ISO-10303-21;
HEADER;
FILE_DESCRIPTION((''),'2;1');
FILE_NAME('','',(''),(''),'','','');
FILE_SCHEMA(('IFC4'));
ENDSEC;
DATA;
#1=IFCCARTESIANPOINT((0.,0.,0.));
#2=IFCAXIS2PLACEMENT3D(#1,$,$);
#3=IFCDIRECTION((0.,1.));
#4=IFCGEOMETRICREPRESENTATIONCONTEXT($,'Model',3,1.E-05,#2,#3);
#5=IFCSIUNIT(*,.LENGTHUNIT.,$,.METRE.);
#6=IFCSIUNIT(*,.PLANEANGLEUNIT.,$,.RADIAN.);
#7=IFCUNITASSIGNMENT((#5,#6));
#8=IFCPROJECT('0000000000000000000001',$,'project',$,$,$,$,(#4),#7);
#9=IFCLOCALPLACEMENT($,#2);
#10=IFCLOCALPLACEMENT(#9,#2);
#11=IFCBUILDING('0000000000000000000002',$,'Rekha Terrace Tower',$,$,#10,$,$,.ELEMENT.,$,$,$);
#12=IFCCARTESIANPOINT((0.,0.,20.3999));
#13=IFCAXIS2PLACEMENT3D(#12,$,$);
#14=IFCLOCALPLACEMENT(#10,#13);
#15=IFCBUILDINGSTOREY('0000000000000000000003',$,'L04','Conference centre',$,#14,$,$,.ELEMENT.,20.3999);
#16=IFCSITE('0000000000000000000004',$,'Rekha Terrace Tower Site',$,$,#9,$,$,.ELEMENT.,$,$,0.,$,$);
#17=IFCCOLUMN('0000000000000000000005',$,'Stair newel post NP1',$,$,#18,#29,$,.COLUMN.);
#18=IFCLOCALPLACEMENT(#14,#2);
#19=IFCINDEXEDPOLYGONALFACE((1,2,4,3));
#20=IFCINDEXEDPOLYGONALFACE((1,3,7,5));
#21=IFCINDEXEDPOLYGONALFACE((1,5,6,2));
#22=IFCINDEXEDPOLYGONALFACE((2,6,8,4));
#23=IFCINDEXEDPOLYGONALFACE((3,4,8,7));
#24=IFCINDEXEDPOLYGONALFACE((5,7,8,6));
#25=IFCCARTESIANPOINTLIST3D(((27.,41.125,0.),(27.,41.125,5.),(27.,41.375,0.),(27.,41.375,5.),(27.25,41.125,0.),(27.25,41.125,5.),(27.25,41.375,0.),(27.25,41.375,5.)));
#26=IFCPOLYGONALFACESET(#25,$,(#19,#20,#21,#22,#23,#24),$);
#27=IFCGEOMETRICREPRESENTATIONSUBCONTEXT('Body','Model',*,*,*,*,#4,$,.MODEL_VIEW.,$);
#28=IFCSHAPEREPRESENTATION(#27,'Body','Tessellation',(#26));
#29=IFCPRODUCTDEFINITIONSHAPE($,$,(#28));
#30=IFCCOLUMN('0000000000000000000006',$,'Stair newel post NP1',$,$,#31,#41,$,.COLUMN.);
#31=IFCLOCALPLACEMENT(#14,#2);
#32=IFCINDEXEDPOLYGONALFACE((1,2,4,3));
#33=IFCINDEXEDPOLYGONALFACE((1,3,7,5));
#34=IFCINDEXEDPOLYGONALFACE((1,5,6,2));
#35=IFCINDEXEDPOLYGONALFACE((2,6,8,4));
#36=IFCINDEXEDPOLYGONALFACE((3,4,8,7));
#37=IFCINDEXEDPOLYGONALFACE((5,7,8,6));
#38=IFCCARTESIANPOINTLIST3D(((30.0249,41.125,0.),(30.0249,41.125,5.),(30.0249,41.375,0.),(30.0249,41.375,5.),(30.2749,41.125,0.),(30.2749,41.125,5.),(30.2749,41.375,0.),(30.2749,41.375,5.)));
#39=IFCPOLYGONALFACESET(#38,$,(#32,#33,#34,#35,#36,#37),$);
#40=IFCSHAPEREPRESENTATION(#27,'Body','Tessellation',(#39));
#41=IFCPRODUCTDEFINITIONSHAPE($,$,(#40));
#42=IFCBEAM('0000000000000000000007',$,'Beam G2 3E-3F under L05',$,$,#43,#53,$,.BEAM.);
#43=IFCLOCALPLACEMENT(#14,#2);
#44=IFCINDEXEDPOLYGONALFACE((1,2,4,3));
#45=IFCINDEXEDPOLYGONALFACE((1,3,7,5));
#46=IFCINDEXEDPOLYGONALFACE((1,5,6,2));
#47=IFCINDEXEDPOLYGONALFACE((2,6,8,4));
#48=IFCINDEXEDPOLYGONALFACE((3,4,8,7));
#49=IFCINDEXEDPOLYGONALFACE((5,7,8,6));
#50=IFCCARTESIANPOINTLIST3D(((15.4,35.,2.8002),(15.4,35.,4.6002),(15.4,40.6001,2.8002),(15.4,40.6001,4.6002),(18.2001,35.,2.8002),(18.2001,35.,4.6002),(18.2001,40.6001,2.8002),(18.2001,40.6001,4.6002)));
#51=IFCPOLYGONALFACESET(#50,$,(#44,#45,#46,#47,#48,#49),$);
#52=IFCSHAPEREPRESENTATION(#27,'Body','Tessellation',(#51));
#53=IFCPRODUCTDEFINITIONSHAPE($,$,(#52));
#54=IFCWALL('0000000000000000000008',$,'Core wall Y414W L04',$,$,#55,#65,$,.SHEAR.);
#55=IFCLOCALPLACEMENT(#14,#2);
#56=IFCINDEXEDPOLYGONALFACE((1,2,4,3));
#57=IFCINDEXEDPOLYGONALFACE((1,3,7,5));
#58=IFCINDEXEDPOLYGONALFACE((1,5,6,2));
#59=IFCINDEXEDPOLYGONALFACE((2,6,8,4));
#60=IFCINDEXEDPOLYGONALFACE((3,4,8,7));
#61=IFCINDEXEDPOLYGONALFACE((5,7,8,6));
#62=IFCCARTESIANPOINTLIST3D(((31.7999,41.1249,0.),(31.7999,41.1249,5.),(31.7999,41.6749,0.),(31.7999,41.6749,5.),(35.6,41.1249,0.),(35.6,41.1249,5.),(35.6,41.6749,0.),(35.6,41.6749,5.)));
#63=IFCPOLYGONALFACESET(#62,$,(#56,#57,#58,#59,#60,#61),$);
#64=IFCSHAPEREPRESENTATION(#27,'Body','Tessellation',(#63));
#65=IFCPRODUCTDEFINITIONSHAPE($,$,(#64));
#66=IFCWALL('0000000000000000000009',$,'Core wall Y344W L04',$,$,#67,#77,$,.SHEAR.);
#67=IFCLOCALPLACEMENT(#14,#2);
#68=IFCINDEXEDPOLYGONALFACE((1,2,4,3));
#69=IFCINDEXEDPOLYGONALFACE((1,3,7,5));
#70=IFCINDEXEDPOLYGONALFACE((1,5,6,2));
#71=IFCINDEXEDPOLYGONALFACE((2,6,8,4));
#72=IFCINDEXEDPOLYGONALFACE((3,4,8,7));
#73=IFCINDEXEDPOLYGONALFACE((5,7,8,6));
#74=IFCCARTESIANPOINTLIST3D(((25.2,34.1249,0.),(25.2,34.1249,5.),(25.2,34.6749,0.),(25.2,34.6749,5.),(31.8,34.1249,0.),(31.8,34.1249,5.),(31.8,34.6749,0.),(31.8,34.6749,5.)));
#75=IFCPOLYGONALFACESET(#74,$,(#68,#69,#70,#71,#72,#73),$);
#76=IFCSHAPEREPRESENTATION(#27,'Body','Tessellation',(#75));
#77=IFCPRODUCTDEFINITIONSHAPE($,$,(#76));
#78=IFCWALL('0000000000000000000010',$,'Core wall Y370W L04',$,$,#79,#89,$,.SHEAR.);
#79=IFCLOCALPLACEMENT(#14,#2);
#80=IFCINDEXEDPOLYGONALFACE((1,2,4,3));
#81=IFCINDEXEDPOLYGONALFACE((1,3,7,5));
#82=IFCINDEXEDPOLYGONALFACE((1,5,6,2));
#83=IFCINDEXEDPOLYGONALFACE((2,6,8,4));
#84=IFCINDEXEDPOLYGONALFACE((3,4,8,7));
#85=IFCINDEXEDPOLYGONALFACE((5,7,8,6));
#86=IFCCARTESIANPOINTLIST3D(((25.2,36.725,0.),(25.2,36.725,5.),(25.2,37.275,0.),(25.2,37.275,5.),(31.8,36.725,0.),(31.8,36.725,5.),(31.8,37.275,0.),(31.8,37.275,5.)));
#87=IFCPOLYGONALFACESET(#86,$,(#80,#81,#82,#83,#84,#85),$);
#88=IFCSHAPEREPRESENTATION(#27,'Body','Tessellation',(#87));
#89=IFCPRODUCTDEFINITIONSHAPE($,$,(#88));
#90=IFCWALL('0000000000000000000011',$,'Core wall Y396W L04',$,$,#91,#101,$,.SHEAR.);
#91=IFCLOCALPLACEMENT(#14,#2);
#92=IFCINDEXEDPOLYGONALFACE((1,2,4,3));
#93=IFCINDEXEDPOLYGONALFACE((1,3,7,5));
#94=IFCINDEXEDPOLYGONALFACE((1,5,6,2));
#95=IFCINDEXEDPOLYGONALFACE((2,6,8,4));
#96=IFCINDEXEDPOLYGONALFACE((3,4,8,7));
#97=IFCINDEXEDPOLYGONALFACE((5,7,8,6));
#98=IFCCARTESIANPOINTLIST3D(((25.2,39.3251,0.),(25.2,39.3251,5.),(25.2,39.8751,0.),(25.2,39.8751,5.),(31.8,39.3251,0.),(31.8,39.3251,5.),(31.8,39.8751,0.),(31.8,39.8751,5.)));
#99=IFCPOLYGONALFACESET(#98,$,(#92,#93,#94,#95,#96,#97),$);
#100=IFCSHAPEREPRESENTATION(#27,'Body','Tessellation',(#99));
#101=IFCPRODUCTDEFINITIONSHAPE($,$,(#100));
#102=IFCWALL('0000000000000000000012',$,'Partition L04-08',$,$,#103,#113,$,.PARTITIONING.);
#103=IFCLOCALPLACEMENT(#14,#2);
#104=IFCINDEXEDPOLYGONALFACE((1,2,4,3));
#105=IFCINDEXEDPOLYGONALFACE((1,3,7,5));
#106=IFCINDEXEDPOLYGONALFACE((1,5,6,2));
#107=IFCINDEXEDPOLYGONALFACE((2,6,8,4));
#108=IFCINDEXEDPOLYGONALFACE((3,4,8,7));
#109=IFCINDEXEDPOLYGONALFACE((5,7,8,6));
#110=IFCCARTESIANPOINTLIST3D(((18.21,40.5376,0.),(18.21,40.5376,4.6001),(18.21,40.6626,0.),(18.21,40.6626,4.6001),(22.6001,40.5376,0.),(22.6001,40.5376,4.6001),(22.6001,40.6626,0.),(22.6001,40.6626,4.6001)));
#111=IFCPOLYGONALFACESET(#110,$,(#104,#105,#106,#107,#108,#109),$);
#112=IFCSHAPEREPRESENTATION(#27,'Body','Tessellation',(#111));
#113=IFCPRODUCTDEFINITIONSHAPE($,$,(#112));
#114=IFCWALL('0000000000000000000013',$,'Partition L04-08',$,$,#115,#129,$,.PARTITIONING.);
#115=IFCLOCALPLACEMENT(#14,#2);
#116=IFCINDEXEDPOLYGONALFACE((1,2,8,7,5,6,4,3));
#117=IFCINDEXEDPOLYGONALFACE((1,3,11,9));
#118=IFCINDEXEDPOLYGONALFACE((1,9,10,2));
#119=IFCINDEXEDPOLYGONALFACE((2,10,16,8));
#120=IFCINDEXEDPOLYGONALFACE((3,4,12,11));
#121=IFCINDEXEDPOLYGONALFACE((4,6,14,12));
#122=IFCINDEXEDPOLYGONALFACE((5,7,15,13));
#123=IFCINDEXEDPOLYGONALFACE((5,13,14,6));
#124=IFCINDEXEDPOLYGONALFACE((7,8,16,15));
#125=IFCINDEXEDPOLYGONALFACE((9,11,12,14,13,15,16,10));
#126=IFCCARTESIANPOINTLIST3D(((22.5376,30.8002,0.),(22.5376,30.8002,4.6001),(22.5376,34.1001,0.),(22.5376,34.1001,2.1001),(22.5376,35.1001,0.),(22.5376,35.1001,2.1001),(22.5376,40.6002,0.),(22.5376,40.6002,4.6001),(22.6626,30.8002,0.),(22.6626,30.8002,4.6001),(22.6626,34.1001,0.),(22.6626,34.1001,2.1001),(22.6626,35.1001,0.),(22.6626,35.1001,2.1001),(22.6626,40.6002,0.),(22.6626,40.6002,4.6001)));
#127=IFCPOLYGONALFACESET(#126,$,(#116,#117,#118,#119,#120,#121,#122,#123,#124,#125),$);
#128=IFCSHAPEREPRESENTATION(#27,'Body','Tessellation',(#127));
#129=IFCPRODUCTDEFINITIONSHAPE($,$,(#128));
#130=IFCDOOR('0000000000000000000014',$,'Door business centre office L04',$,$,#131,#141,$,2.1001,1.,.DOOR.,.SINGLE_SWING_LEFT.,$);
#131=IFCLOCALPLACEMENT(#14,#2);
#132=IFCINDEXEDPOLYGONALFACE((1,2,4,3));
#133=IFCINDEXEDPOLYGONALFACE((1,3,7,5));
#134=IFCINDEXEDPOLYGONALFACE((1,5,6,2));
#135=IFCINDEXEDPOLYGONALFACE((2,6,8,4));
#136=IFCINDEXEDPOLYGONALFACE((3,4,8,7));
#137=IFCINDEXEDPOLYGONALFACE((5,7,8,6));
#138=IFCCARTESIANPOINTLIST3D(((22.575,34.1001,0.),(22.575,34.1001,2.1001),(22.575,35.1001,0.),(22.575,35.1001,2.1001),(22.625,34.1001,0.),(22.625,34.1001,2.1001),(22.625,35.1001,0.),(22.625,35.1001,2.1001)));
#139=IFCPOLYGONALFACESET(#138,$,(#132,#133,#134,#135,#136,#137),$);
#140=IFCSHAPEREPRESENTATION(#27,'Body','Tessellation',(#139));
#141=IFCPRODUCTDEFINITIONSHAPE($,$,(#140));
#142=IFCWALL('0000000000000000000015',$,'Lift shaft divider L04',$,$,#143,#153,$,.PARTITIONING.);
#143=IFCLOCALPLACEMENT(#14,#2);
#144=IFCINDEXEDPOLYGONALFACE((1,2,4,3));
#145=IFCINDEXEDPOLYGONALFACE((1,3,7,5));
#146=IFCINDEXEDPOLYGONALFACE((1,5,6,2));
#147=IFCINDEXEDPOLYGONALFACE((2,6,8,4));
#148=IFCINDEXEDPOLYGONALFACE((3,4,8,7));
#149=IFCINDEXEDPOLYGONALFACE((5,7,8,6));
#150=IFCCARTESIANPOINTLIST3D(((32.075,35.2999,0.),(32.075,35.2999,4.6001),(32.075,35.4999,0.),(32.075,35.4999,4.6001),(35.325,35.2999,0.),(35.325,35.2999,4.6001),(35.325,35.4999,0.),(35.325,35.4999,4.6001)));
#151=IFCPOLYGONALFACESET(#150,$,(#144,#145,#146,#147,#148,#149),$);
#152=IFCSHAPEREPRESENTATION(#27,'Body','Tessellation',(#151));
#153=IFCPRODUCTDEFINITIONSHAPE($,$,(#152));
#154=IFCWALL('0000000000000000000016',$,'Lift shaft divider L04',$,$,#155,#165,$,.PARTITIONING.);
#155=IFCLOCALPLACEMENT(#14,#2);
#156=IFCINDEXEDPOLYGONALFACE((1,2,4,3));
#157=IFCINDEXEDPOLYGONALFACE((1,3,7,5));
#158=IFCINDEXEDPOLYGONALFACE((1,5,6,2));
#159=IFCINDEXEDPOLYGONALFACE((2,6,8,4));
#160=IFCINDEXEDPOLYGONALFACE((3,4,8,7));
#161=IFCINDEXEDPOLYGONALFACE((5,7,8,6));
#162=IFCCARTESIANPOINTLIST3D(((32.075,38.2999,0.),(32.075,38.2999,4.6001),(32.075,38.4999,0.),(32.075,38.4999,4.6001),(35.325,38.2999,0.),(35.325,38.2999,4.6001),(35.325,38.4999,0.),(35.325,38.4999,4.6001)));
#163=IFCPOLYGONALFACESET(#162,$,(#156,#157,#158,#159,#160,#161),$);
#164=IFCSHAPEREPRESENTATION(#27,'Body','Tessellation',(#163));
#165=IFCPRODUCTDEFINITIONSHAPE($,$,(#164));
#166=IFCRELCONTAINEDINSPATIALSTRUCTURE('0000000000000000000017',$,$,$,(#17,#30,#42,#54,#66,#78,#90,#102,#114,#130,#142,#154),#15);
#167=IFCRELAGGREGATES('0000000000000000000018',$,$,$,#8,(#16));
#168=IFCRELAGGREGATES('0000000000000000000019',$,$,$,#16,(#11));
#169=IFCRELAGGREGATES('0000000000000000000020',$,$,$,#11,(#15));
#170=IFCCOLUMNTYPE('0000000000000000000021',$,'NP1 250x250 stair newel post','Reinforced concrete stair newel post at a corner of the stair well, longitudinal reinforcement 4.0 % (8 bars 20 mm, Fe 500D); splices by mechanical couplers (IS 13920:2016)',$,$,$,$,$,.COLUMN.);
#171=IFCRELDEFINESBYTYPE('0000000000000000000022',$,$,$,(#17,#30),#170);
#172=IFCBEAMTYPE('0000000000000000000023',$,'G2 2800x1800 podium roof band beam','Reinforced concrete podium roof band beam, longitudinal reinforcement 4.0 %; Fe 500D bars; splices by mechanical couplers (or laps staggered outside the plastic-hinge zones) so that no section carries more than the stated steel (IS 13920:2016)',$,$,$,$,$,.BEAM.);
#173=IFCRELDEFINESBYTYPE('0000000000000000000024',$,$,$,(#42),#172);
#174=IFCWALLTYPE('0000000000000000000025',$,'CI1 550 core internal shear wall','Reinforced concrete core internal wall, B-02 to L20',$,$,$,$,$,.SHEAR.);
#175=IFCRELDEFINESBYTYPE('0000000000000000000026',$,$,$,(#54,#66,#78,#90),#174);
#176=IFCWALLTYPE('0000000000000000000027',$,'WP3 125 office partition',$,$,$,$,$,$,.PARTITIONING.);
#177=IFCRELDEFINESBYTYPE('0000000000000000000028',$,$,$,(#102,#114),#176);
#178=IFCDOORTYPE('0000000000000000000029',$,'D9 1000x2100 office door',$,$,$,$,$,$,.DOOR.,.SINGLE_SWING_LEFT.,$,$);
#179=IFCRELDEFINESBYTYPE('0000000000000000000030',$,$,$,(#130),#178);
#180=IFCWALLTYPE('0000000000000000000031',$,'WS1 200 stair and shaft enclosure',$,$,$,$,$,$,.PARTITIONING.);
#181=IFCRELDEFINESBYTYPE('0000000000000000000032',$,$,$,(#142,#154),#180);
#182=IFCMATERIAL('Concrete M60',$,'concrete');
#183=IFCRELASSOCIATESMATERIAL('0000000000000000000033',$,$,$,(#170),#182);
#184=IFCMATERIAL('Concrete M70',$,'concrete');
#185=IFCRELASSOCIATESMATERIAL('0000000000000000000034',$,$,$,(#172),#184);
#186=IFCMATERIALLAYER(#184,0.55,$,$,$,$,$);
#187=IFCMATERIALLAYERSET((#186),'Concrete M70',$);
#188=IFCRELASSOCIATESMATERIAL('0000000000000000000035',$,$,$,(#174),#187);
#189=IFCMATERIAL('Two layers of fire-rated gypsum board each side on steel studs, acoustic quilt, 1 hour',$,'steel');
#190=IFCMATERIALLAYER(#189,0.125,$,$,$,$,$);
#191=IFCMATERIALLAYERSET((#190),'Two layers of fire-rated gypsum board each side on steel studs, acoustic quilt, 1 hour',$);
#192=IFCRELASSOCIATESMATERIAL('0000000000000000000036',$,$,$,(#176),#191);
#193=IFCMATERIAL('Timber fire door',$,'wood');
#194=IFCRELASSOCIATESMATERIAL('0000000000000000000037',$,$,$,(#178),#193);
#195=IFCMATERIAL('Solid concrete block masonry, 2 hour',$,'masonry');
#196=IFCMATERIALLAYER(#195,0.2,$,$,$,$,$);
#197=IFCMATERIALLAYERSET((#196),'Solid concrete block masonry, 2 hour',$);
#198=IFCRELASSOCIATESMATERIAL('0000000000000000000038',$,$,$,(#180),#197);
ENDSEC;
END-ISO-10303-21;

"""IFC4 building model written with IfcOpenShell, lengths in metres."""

from ifc_helpers import new_model, si_unit, direction, frame, frame_2d, origin, origin_2d, place, context, subcontext, project, spatial, rectangle, extrude, material, layer, layer_set, material_profile, profile_set, type_object, element, fill, save


model = new_model("IFC4")

# Units and contexts
model_context = context("Model", 3, precision=1e-05, world=origin(), true_north=direction((0.0, 1.0)))
body_context = subcontext(model_context, "Body", "Model", "MODEL_VIEW")
ifc_project = project(units=[si_unit("LENGTHUNIT", "METRE"), si_unit("PLANEANGLEUNIT", "RADIAN")], contexts=[model_context])

# Site, building, storey
site_placement = place(None, origin())
site = spatial("IfcSite", under=ifc_project, at=site_placement, Name="Rekha Terrace Tower Site", CompositionType="ELEMENT", RefElevation=0.0)
building_placement = place(site_placement, origin())
building = spatial("IfcBuilding", under=site, at=building_placement, Name="Rekha Terrace Tower", CompositionType="ELEMENT")
storey_placement = place(building_placement, frame((0.0, 0.0, 20.3999)))
storey = spatial("IfcBuildingStorey", under=building, at=storey_placement, Name="L04", Description="Conference centre", CompositionType="ELEMENT", Elevation=20.3999)

# Columns
ifc_material_1 = material(Name="Concrete M60", Category="concrete")
ifc_material_profile_1 = material_profile(ifc_material_1, rectangle(XDim=0.25, YDim=0.25, at=origin_2d()), Name="RC 250x250")
ifc_profile_set_1 = profile_set([ifc_material_profile_1], Name="Concrete M60")
column_type = type_object("IfcColumnType", Name="NP1 250x250 stair newel post", Description="Reinforced concrete stair newel post at a corner of the stair well, longitudinal reinforcement 4.0 % (8 bars 20 mm, Fe 500D); splices by mechanical couplers (IS 13920:2016)", PredefinedType="COLUMN", material=ifc_profile_set_1)
for number, where, z_axis, x_axis, name in (
    (1, (27.125, 41.25, 0.0), (0.0, 0.0, 1.0), (1.0, 0.0, 0.0), "Stair newel post NP1"),
    (2, (30.1499, 41.25, 0.0), (0.0, 0.0, 1.0), (1.0, 0.0, 0.0), "Stair newel post NP1"),
):
    element("IfcColumn", number, at=place(storey_placement, frame(where, z_axis=z_axis, x_axis=x_axis)), inside=storey, type_object=column_type, Name=name, PredefinedType="COLUMN", context=body_context, shape_type="SweptSolid", body=[
        extrude(rectangle(XDim=0.25, YDim=0.25, at=origin_2d()), origin(), (0.0, 0.0, 1.0), 5.0),
    ])

# Beam
ifc_material_2 = material(Name="Concrete M70", Category="concrete")
ifc_material_profile_2 = material_profile(ifc_material_2, rectangle(XDim=2.8, YDim=1.8, at=origin_2d()), Name="RC 2800x1800")
ifc_profile_set_2 = profile_set([ifc_material_profile_2], Name="Concrete M70")
beam_type = type_object("IfcBeamType", Name="G2 2800x1800 podium roof band beam", Description="Reinforced concrete podium roof band beam, longitudinal reinforcement 4.0 %; Fe 500D bars; splices by mechanical couplers (or laps staggered outside the plastic-hinge zones) so that no section carries more than the stated steel (IS 13920:2016)", PredefinedType="BEAM", material=ifc_profile_set_2)
beam_placement = place(storey_placement, frame((16.8, 35.0, 3.7002), z_axis=(0.0, 1.0, 0.0), x_axis=(-1.0, 0.0, 0.0)))
element("IfcBeam", 3, at=beam_placement, inside=storey, type_object=beam_type, Name="Beam G2 3E-3F under L05", PredefinedType="BEAM", context=body_context, shape_type="SweptSolid", body=[
    extrude(rectangle(XDim=2.8, YDim=1.8, at=origin_2d()), origin(), (0.0, 0.0, 1.0), 5.6001),
])

# Walls
ifc_layer_1 = layer(ifc_material_2, 0.55)
ifc_layer_set_1 = layer_set([ifc_layer_1], Name="Concrete M70")
wall_type_1 = type_object("IfcWallType", Name="CI1 550 core internal shear wall", Description="Reinforced concrete core internal wall, B-02 to L20", PredefinedType="SHEAR", material=ifc_layer_set_1)
wall_1_placement = place(storey_placement, frame((31.8, 41.3999, 0.0), z_axis=(0.0, 0.0, 1.0), x_axis=(1.0, 0.0, 0.0)))
element("IfcWall", 4, at=wall_1_placement, inside=storey, type_object=wall_type_1, Name="Core wall Y414W L04", PredefinedType="SHEAR", context=body_context, shape_type="SweptSolid", body=[
    extrude(rectangle(XDim=3.8, YDim=0.55, at=frame_2d((1.8999, 0.0))), origin(), (0.0, 0.0, 1.0), 5.0),
])
for number, where, z_axis, x_axis, name in (
    (5, (25.2, 34.3999, 0.0), (0.0, 0.0, 1.0), (1.0, 0.0, 0.0), "Core wall Y344W L04"),
    (6, (25.2, 37.0, 0.0), (0.0, 0.0, 1.0), (1.0, 0.0, 0.0), "Core wall Y370W L04"),
    (7, (25.2, 39.6001, 0.0), (0.0, 0.0, 1.0), (1.0, 0.0, 0.0), "Core wall Y396W L04"),
):
    element("IfcWall", number, at=place(storey_placement, frame(where, z_axis=z_axis, x_axis=x_axis)), inside=storey, type_object=wall_type_1, Name=name, PredefinedType="SHEAR", context=body_context, shape_type="SweptSolid", body=[
        extrude(rectangle(XDim=6.6001, YDim=0.55, at=frame_2d((3.3, 0.0))), origin(), (0.0, 0.0, 1.0), 5.0),
    ])
ifc_material_3 = material(Name="Two layers of fire-rated gypsum board each side on steel studs, acoustic quilt, 1 hour", Category="steel")
ifc_layer_2 = layer(ifc_material_3, 0.125)
ifc_layer_set_2 = layer_set([ifc_layer_2], Name="Two layers of fire-rated gypsum board each side on steel studs, acoustic quilt, 1 hour")
wall_type_2 = type_object("IfcWallType", Name="WP3 125 office partition", PredefinedType="PARTITIONING", material=ifc_layer_set_2)
wall_2_placement = place(storey_placement, frame((18.21, 40.6001, 0.0), z_axis=(0.0, 0.0, 1.0), x_axis=(1.0, 0.0, 0.0)))
element("IfcWall", 8, at=wall_2_placement, inside=storey, type_object=wall_type_2, Name="Partition L04-08", PredefinedType="PARTITIONING", context=body_context, shape_type="SweptSolid", body=[
    extrude(rectangle(XDim=4.3901, YDim=0.125, at=frame_2d((2.1951, 0.0))), origin(), (0.0, 0.0, 1.0), 4.6001),
])

# Wall, opening, door
wall_3_placement = place(storey_placement, frame((22.6001, 40.6001, 0.0), z_axis=(0.0, 0.0, 1.0), x_axis=(0.0, -1.0, 0.0)))
wall_3 = element("IfcWall", 9, at=wall_3_placement, inside=storey, type_object=wall_type_2, Name="Partition L04-08", PredefinedType="PARTITIONING", context=body_context, shape_type="SweptSolid", body=[
    extrude(rectangle(XDim=9.8, YDim=0.125, at=frame_2d((4.8999, 0.0))), origin(), (0.0, 0.0, 1.0), 4.6001),
])
opening_placement = place(wall_3_placement, frame((5.5, 0.0, 0.0)))
opening = element("IfcOpeningElement", 10, at=opening_placement, cuts=wall_3, PredefinedType="OPENING", context=body_context, shape_type="SweptSolid", body=[
    extrude(rectangle(XDim=1.0, YDim=2.1001, at=frame_2d((0.5, 1.05))), frame((0.0, 0.0725, 0.0), z_axis=(0.0, -1.0, 0.0), x_axis=(1.0, 0.0, 0.0)), (0.0, 0.0, 1.0), 0.145),
])
ifc_material_4 = material(Name="Timber fire door", Category="wood")
door_type = type_object("IfcDoorType", Name="D9 1000x2100 office door", OperationType="SINGLE_SWING_LEFT", PredefinedType="DOOR", material=ifc_material_4)
door_placement = place(opening_placement, origin())
door = element("IfcDoor", 11, at=door_placement, inside=storey, type_object=door_type, Name="Door business centre office L04", OperationType="SINGLE_SWING_LEFT", OverallHeight=2.1001, OverallWidth=1.0, PredefinedType="DOOR", context=body_context, shape_type="SweptSolid", body=[
    extrude(rectangle(XDim=1.0, YDim=2.1001, at=frame_2d((0.5, 1.05))), frame((0.0, 0.0249, 0.0), z_axis=(0.0, -1.0, 0.0), x_axis=(1.0, 0.0, 0.0)), (0.0, 0.0, 1.0), 0.05),
])
fill(opening, door)

# Walls
ifc_material_5 = material(Name="Solid concrete block masonry, 2 hour", Category="masonry")
ifc_layer_3 = layer(ifc_material_5, 0.2)
ifc_layer_set_3 = layer_set([ifc_layer_3], Name="Solid concrete block masonry, 2 hour")
wall_type_3 = type_object("IfcWallType", Name="WS1 200 stair and shaft enclosure", PredefinedType="PARTITIONING", material=ifc_layer_set_3)
for number, where, z_axis, x_axis, name in (
    (12, (32.075, 35.3999, 0.0), (0.0, 0.0, 1.0), (1.0, 0.0, 0.0), "Lift shaft divider L04"),
    (13, (32.075, 38.3999, 0.0), (0.0, 0.0, 1.0), (1.0, 0.0, 0.0), "Lift shaft divider L04"),
):
    element("IfcWall", number, at=place(storey_placement, frame(where, z_axis=z_axis, x_axis=x_axis)), inside=storey, type_object=wall_type_3, Name=name, PredefinedType="PARTITIONING", context=body_context, shape_type="SweptSolid", body=[
        extrude(rectangle(XDim=3.25, YDim=0.2, at=frame_2d((1.625, 0.0))), origin(), (0.0, 0.0, 1.0), 4.6001),
    ])

save(model, "model.ifc")
